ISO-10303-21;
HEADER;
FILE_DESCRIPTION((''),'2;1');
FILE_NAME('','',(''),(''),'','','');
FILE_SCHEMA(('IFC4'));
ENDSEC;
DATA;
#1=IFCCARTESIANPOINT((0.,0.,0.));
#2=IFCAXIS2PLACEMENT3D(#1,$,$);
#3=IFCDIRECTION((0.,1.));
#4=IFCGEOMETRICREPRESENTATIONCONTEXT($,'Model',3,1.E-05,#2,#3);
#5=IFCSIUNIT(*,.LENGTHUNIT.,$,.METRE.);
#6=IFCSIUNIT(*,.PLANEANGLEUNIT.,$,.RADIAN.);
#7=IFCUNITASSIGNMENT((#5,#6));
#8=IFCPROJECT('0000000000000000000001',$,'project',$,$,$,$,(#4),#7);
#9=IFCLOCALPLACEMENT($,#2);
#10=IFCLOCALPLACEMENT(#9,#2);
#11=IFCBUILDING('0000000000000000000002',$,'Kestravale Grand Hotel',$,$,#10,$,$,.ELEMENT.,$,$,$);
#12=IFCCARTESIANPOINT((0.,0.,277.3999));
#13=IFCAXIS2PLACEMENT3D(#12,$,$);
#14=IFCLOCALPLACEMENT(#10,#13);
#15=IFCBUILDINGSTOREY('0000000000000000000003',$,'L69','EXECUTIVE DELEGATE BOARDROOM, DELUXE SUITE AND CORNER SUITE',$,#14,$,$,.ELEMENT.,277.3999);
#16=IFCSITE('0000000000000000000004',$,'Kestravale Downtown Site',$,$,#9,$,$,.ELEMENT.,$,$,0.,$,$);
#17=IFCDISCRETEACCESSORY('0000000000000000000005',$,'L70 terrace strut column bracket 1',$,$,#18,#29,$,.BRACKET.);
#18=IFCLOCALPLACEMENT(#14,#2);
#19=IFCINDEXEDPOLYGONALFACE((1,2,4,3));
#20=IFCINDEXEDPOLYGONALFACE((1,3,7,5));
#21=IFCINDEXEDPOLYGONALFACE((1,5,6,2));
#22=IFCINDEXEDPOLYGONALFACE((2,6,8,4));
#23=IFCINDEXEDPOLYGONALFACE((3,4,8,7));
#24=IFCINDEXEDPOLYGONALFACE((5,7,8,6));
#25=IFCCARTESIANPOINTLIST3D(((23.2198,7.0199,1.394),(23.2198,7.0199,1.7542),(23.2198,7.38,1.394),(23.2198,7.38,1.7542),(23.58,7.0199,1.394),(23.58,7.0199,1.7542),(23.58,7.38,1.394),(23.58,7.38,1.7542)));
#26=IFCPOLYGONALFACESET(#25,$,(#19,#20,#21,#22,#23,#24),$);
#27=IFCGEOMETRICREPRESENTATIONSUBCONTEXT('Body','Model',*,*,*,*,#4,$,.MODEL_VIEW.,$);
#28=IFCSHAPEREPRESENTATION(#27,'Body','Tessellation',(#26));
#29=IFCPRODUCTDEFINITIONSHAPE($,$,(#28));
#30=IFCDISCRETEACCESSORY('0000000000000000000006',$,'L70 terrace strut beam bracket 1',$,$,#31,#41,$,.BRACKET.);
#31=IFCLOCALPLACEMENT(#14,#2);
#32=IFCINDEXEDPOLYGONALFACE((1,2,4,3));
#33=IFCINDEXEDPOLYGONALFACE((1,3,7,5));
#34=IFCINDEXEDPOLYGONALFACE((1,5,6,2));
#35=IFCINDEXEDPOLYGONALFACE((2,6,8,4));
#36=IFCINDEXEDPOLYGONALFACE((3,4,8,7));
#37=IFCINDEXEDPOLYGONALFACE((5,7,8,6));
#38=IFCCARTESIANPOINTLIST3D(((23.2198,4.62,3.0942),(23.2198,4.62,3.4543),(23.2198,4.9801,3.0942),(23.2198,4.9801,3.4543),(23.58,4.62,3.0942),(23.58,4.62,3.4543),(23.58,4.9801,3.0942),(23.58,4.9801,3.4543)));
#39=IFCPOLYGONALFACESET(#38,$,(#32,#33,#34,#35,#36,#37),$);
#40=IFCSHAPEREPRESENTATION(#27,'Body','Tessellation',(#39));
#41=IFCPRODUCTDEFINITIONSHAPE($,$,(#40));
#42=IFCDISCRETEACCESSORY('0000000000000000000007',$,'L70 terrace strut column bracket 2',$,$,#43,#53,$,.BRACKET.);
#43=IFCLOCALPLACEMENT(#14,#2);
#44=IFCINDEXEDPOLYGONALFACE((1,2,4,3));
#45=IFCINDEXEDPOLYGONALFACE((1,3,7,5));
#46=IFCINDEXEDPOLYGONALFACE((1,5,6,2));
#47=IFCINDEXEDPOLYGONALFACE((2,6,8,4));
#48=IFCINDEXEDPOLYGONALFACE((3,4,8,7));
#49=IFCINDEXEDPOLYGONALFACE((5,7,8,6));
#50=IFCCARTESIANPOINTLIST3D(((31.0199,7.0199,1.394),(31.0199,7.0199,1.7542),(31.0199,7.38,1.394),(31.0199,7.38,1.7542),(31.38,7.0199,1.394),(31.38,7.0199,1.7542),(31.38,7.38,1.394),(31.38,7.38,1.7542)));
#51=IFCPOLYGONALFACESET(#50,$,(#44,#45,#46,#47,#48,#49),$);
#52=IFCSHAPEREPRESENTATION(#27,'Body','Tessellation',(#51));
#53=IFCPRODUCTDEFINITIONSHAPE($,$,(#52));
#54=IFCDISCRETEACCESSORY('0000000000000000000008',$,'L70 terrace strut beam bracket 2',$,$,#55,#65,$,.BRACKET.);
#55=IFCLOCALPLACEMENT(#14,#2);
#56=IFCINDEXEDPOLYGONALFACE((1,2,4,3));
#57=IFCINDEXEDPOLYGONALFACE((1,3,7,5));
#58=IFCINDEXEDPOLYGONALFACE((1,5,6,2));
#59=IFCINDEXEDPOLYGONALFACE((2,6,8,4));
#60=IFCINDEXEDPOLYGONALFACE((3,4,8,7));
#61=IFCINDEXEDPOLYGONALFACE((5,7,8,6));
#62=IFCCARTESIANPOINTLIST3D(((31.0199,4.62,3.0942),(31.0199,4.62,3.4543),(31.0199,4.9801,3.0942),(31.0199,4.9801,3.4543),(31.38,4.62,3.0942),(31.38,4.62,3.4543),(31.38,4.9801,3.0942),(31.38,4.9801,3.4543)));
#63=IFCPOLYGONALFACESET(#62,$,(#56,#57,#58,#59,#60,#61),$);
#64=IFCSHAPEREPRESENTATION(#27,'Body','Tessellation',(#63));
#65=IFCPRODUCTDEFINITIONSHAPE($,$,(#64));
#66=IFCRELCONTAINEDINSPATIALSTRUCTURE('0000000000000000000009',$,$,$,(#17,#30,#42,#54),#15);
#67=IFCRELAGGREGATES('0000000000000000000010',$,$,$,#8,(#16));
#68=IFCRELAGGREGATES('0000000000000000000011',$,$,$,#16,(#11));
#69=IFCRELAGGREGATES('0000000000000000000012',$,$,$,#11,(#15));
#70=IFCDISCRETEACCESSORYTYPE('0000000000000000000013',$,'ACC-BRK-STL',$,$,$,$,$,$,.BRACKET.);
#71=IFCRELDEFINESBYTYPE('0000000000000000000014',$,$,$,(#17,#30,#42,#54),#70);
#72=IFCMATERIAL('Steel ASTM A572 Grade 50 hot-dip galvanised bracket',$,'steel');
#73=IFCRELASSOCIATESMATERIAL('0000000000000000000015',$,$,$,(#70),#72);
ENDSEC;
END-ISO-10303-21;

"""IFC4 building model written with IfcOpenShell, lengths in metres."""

from ifc_helpers import new_model, si_unit, direction, frame, origin, origin_2d, place, context, subcontext, project, spatial, rectangle, extrude, material, type_object, element, save


model = new_model("IFC4")

# Units and contexts
model_context = context("Model", 3, precision=1e-05, world=origin(), true_north=direction((0.0, 1.0)))
body_context = subcontext(model_context, "Body", "Model", "MODEL_VIEW")
ifc_project = project(units=[si_unit("LENGTHUNIT", "METRE"), si_unit("PLANEANGLEUNIT", "RADIAN")], contexts=[model_context])

# Site, building, storey
site_placement = place(None, origin())
site = spatial("IfcSite", under=ifc_project, at=site_placement, Name="Kestravale Downtown Site", CompositionType="ELEMENT", RefElevation=0.0)
building_placement = place(site_placement, origin())
building = spatial("IfcBuilding", under=site, at=building_placement, Name="Kestravale Grand Hotel", CompositionType="ELEMENT")
storey_placement = place(building_placement, frame((0.0, 0.0, 277.3999)))
storey = spatial("IfcBuildingStorey", under=building, at=storey_placement, Name="L69", Description="EXECUTIVE DELEGATE BOARDROOM, DELUXE SUITE AND CORNER SUITE", CompositionType="ELEMENT", Elevation=277.3999)

# Discrete accessories
ifc_material_1 = material(Name="Steel ASTM A572 Grade 50 hot-dip galvanised bracket", Category="steel")
discrete_accessory_type = type_object("IfcDiscreteAccessoryType", Name="ACC-BRK-STL", PredefinedType="BRACKET", material=ifc_material_1)
for number, where, z_axis, x_axis, name in (
    (1, (23.3999, 7.2, 1.394), (0.0, 0.0, 1.0), (1.0, 0.0, 0.0), "L70 terrace strut column bracket 1"),
    (2, (23.3999, 4.8, 3.0942), (0.0, 0.0, 1.0), (1.0, 0.0, 0.0), "L70 terrace strut beam bracket 1"),
    (3, (31.2, 7.2, 1.394), (0.0, 0.0, 1.0), (1.0, 0.0, 0.0), "L70 terrace strut column bracket 2"),
    (4, (31.2, 4.8, 3.0942), (0.0, 0.0, 1.0), (1.0, 0.0, 0.0), "L70 terrace strut beam bracket 2"),
):
    element("IfcDiscreteAccessory", number, at=place(storey_placement, frame(where, z_axis=z_axis, x_axis=x_axis)), inside=storey, type_object=discrete_accessory_type, Name=name, PredefinedType="BRACKET", context=body_context, shape_type="SweptSolid", body=[
        extrude(rectangle(XDim=0.3601, YDim=0.3601, at=origin_2d()), origin(), (0.0, 0.0, 1.0), 0.3601),
    ])

save(model, "model.ifc")
